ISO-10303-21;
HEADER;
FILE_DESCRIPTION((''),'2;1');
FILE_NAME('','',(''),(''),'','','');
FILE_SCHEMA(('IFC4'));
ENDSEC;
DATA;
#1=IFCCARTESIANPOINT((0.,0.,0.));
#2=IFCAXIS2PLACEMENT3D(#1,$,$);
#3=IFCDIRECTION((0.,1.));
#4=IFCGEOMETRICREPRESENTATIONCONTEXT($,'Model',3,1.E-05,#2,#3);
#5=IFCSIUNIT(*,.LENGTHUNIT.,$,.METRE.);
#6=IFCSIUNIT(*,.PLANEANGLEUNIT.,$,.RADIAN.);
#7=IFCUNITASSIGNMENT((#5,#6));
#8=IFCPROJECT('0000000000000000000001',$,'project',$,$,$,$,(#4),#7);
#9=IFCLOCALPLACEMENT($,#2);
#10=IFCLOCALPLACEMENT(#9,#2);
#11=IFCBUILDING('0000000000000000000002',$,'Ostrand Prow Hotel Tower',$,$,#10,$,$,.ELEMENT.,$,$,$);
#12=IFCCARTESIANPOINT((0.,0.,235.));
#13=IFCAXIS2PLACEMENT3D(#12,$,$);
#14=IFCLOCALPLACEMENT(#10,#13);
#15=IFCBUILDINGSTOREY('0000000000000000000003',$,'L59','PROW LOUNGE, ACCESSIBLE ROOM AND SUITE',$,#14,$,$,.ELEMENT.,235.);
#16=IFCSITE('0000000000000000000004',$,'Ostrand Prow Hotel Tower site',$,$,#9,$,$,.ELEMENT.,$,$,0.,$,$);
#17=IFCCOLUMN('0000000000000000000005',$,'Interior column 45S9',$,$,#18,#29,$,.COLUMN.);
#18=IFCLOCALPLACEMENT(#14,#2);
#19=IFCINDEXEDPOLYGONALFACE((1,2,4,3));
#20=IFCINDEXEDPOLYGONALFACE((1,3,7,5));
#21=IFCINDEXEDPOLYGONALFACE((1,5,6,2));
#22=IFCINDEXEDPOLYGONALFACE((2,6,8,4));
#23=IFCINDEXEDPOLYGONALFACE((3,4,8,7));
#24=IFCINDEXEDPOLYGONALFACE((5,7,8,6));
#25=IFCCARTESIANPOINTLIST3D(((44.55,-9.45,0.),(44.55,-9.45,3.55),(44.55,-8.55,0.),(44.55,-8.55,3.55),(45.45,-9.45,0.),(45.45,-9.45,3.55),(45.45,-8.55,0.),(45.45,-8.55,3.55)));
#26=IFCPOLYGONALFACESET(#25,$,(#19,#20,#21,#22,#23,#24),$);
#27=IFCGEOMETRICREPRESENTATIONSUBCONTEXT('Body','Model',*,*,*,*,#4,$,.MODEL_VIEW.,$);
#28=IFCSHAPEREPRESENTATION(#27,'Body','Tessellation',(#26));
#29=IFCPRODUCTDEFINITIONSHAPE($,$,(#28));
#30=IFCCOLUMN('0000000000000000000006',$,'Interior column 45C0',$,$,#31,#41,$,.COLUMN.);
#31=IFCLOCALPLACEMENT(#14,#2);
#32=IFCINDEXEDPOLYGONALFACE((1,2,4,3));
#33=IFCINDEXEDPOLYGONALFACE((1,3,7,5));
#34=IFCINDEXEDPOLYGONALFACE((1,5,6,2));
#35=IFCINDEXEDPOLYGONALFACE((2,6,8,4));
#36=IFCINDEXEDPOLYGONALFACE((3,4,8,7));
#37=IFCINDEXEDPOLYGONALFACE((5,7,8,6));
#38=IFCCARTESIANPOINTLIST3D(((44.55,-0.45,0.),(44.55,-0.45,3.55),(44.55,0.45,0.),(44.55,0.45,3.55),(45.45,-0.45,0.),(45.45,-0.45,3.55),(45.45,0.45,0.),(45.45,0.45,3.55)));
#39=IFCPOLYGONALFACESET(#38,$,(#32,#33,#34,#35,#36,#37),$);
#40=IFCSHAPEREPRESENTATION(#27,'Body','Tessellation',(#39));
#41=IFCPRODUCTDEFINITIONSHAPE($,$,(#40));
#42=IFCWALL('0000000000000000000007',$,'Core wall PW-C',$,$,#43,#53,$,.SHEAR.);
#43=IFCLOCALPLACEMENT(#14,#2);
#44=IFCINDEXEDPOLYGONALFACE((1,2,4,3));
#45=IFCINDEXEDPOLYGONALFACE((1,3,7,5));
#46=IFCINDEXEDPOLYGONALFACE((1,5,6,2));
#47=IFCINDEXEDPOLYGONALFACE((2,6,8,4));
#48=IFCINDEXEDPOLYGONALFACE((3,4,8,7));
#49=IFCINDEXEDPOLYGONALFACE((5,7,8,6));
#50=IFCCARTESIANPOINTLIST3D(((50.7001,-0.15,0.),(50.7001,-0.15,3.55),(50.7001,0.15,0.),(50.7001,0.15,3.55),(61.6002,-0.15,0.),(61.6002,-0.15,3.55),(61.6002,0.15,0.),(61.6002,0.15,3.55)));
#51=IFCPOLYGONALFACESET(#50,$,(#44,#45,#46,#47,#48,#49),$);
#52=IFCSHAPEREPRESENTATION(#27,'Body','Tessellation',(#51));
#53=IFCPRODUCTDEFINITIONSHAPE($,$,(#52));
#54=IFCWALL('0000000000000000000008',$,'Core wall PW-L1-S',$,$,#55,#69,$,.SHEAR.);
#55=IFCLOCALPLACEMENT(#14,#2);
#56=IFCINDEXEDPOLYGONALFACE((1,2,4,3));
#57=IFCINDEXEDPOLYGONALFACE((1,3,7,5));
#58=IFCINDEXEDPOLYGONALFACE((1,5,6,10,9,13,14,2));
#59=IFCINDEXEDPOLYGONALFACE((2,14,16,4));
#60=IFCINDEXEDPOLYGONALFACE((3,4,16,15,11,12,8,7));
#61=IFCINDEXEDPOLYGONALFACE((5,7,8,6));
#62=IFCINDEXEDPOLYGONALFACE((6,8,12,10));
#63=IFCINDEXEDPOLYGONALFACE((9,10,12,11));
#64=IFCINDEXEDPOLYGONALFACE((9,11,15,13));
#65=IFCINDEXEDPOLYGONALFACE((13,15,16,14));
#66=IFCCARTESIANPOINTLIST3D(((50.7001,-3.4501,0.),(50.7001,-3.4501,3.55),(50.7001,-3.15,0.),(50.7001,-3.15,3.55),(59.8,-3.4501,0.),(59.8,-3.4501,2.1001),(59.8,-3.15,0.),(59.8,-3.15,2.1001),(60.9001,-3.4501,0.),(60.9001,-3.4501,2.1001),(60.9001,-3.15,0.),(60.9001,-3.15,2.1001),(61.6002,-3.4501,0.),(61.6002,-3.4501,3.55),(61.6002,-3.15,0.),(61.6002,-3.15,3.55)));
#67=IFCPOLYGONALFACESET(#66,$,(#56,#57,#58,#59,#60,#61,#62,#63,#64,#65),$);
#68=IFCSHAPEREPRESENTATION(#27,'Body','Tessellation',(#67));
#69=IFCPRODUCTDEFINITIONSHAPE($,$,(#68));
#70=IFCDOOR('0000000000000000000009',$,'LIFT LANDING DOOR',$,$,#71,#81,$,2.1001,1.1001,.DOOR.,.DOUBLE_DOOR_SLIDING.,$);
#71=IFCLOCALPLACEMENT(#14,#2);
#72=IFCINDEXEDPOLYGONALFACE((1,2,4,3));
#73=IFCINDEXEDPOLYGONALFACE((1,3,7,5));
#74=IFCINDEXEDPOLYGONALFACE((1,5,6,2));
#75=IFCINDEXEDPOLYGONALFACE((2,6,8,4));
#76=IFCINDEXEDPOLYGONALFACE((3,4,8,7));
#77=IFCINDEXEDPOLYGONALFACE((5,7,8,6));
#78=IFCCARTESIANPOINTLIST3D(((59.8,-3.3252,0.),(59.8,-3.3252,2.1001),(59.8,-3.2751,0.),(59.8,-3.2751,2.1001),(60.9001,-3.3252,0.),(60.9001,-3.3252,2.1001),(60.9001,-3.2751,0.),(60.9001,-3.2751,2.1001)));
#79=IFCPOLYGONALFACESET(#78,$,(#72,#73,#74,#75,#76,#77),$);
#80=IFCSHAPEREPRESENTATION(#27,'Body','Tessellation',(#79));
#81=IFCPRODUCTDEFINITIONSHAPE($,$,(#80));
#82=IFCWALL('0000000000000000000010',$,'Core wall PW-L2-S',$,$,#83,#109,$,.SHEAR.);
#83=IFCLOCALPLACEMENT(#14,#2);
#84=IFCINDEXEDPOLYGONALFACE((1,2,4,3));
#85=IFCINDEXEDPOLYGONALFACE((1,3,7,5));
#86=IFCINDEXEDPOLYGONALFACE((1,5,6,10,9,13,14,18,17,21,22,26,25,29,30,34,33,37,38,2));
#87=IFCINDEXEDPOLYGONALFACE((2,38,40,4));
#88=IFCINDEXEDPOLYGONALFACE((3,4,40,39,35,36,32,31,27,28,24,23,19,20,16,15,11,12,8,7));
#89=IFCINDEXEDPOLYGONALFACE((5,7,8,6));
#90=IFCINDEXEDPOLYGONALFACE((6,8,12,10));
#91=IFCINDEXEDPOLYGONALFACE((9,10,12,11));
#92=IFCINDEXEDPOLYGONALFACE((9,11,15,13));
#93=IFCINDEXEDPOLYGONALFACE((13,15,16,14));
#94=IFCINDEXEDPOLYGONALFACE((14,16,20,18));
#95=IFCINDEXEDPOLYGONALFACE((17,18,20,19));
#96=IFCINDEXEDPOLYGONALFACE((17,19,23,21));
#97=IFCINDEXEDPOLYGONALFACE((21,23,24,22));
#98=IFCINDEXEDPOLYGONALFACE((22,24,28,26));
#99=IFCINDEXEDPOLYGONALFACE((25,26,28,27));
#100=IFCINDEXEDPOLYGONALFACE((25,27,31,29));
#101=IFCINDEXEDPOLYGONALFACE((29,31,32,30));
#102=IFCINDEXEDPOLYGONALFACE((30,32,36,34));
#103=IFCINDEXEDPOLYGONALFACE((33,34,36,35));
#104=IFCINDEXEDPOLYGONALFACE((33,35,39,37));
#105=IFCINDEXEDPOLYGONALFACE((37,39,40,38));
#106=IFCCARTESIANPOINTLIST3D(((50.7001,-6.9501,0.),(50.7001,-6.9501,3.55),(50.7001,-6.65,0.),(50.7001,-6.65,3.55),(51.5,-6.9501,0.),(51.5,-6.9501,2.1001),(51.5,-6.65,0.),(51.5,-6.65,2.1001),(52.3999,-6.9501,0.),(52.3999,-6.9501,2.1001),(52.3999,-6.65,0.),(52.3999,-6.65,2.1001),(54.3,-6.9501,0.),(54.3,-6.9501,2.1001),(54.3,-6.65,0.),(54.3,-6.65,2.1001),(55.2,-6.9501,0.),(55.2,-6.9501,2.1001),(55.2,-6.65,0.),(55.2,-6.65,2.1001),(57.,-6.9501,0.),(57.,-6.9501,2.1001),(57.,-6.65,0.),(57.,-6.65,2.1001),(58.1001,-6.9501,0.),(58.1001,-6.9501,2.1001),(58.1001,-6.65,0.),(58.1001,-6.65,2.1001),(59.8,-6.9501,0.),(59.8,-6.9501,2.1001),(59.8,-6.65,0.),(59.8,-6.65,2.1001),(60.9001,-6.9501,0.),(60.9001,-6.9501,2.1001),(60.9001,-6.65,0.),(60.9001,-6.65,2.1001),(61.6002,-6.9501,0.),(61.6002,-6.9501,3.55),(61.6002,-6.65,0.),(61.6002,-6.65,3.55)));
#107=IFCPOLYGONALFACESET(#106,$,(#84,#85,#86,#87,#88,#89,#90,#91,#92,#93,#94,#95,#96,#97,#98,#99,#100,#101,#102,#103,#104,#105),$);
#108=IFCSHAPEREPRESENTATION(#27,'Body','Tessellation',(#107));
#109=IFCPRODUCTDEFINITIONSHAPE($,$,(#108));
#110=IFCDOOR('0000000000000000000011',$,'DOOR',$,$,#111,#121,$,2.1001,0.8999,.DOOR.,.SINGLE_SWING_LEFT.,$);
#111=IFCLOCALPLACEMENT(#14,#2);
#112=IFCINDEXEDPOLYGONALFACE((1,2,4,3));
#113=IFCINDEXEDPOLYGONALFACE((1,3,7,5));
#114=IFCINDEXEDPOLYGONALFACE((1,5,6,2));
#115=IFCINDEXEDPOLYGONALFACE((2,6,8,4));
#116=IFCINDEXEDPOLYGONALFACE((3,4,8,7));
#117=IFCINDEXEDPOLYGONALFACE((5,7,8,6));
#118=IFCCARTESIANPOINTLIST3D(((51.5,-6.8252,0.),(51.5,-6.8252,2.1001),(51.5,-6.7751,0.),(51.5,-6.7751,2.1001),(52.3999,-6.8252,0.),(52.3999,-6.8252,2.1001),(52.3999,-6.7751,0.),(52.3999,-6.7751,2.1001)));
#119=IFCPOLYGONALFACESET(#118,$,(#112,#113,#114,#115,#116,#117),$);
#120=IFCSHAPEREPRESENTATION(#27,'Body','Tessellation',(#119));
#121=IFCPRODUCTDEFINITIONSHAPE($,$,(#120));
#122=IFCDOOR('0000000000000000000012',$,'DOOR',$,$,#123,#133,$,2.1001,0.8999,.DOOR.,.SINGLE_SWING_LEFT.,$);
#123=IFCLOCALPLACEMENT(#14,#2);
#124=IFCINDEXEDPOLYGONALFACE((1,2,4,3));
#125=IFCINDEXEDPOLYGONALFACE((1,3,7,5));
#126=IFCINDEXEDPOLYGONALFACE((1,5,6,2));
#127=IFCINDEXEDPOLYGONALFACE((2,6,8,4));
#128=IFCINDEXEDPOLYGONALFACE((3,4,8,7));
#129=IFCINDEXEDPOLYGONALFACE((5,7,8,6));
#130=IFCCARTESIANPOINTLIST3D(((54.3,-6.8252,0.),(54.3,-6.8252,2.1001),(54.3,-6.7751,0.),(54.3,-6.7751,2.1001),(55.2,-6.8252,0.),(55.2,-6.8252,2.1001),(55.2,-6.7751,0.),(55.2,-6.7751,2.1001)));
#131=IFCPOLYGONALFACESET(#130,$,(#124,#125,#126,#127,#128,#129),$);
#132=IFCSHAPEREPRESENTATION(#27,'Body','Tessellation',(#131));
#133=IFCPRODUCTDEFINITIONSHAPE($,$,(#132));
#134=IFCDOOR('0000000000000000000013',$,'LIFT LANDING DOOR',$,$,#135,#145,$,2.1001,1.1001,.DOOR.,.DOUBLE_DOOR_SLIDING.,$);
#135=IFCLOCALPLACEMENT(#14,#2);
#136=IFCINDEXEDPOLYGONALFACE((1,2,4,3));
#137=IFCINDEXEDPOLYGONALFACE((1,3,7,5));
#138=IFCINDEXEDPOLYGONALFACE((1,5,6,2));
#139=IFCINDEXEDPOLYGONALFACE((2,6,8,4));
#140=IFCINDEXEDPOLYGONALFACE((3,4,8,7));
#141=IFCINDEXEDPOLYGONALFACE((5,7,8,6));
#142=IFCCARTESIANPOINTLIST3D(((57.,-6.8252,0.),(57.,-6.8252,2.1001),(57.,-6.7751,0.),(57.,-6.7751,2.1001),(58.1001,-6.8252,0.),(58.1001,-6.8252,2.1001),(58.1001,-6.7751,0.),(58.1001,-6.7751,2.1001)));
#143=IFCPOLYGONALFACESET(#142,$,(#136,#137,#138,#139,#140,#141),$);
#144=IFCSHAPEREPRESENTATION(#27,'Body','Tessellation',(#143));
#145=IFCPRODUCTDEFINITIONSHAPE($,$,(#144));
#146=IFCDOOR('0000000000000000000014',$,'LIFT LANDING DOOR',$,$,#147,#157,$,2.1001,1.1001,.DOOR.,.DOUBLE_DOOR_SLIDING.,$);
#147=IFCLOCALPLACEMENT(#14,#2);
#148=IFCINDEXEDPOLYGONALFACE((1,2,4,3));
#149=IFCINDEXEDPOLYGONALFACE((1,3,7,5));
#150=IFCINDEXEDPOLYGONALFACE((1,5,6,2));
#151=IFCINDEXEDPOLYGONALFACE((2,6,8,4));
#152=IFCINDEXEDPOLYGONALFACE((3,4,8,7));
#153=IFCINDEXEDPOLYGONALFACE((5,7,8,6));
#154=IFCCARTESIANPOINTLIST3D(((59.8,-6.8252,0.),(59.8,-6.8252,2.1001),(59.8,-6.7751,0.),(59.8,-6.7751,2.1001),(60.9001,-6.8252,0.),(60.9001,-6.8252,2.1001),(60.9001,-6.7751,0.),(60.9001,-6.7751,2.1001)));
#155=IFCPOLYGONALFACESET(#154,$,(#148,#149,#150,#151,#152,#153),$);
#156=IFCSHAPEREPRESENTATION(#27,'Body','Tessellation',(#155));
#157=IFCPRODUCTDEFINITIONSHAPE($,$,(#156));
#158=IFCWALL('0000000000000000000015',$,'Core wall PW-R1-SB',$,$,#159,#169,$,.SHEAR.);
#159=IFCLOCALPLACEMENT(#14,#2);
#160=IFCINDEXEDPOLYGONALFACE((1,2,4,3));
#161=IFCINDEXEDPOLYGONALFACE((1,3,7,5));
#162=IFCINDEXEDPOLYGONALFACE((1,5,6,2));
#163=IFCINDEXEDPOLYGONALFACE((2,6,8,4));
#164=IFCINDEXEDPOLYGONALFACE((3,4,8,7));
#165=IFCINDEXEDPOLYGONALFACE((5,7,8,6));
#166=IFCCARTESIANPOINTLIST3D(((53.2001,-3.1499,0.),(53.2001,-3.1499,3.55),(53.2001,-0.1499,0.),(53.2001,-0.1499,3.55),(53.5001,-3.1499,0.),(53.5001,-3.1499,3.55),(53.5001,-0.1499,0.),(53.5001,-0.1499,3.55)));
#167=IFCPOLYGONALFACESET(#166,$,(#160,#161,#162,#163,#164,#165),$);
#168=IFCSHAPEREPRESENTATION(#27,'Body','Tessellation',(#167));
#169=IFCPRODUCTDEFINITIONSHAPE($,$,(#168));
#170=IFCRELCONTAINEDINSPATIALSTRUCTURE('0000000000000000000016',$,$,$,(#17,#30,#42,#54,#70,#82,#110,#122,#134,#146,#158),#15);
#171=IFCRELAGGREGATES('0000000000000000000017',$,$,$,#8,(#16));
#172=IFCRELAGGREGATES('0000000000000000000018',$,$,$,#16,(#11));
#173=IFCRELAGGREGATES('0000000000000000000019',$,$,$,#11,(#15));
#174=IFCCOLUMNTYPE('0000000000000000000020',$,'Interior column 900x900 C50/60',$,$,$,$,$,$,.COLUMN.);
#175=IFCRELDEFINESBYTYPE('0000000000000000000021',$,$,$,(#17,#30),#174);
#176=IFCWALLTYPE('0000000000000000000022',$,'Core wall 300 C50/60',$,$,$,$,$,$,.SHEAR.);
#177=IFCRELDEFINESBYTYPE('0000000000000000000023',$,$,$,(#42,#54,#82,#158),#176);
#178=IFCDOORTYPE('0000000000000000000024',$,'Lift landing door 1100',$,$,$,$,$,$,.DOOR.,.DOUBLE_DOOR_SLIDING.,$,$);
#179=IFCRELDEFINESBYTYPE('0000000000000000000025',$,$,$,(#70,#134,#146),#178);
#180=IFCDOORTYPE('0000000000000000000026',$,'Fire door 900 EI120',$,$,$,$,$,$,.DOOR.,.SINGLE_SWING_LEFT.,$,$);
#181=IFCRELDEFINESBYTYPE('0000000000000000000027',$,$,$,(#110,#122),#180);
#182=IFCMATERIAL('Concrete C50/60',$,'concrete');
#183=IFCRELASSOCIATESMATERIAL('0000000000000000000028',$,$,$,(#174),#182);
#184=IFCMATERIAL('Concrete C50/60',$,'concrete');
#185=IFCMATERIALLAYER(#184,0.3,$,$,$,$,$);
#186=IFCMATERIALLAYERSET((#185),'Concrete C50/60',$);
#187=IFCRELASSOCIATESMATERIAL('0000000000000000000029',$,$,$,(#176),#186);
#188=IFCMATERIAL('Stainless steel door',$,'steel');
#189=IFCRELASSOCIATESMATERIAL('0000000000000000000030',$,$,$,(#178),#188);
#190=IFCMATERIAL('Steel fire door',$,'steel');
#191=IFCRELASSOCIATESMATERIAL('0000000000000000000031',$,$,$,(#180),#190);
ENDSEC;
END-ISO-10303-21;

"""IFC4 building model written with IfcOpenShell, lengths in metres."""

from ifc_helpers import new_model, si_unit, direction, frame, frame_2d, origin, origin_2d, place, context, subcontext, project, spatial, rectangle, extrude, material, layer, layer_set, material_profile, profile_set, type_object, element, fill, save


model = new_model("IFC4")

# Units and contexts
model_context = context("Model", 3, precision=1e-05, world=origin(), true_north=direction((0.0, 1.0)))
body_context = subcontext(model_context, "Body", "Model", "MODEL_VIEW")
ifc_project = project(units=[si_unit("LENGTHUNIT", "METRE"), si_unit("PLANEANGLEUNIT", "RADIAN")], contexts=[model_context])

# Site, building, storey
site_placement = place(None, origin())
site = spatial("IfcSite", under=ifc_project, at=site_placement, Name="Ostrand Prow Hotel Tower site", CompositionType="ELEMENT", RefElevation=0.0)
building_placement = place(site_placement, origin())
building = spatial("IfcBuilding", under=site, at=building_placement, Name="Ostrand Prow Hotel Tower", CompositionType="ELEMENT")
storey_placement = place(building_placement, frame((0.0, 0.0, 235.0)))
storey = spatial("IfcBuildingStorey", under=building, at=storey_placement, Name="L59", Description="PROW LOUNGE, ACCESSIBLE ROOM AND SUITE", CompositionType="ELEMENT", Elevation=235.0)

# Columns
ifc_material_1 = material(Name="Concrete C50/60", Category="concrete")
ifc_material_profile = material_profile(ifc_material_1, rectangle(XDim=0.8999, YDim=0.8999, at=origin_2d()), Name="RC 900x900")
ifc_profile_set = profile_set([ifc_material_profile], Name="Concrete C50/60")
column_type = type_object("IfcColumnType", Name="Interior column 900x900 C50/60", PredefinedType="COLUMN", material=ifc_profile_set)
for number, where, z_axis, x_axis, name in (
    (1, (45.0, -9.0, 0.0), (0.0, 0.0, 1.0), (1.0, 0.0, 0.0), "Interior column 45S9"),
    (2, (45.0, 0.0, 0.0), (0.0, 0.0, 1.0), (1.0, 0.0, 0.0), "Interior column 45C0"),
):
    element("IfcColumn", number, at=place(storey_placement, frame(where, z_axis=z_axis, x_axis=x_axis)), inside=storey, type_object=column_type, Name=name, PredefinedType="COLUMN", context=body_context, shape_type="SweptSolid", body=[
        extrude(rectangle(XDim=0.8999, YDim=0.8999, at=origin_2d()), origin(), (0.0, 0.0, 1.0), 3.55),
    ])

# Wall
ifc_material_2 = material(Name="Concrete C50/60", Category="concrete")
ifc_layer_1 = layer(ifc_material_2, 0.3)
ifc_layer_set_1 = layer_set([ifc_layer_1], Name="Concrete C50/60")
wall_type_1 = type_object("IfcWallType", Name="Core wall 300 C50/60", PredefinedType="SHEAR", material=ifc_layer_set_1)
wall_1_placement = place(storey_placement, frame((50.7, 0.0, 0.0), z_axis=(0.0, 0.0, 1.0), x_axis=(1.0, 0.0, 0.0)))
element("IfcWall", 3, at=wall_1_placement, inside=storey, type_object=wall_type_1, Name="Core wall PW-C", PredefinedType="SHEAR", context=body_context, shape_type="SweptSolid", body=[
    extrude(rectangle(XDim=10.9001, YDim=0.3, at=frame_2d((5.4502, 0.0))), origin(), (0.0, 0.0, 1.0), 3.55),
])

# Wall, opening, door
wall_2_placement = place(storey_placement, frame((50.7, -3.3, 0.0), z_axis=(0.0, 0.0, 1.0), x_axis=(1.0, 0.0, 0.0)))
wall_2 = element("IfcWall", 4, at=wall_2_placement, inside=storey, type_object=wall_type_1, Name="Core wall PW-L1-S", PredefinedType="SHEAR", context=body_context, shape_type="SweptSolid", body=[
    extrude(rectangle(XDim=10.9001, YDim=0.3, at=frame_2d((5.4502, 0.0))), origin(), (0.0, 0.0, 1.0), 3.55),
])
opening_1_placement = place(wall_2_placement, frame((9.1001, 0.0, 0.0)))
opening_1 = element("IfcOpeningElement", 5, at=opening_1_placement, cuts=wall_2, PredefinedType="OPENING", context=body_context, shape_type="SweptSolid", body=[
    extrude(rectangle(XDim=1.1001, YDim=2.1001, at=frame_2d((0.55, 1.05))), frame((0.0, 0.1599, 0.0), z_axis=(0.0, -1.0, 0.0), x_axis=(1.0, 0.0, 0.0)), (0.0, 0.0, 1.0), 0.3201),
])
ifc_material_3 = material(Name="Stainless steel door", Category="steel")
door_type_1 = type_object("IfcDoorType", Name="Lift landing door 1100", OperationType="DOUBLE_DOOR_SLIDING", PredefinedType="DOOR", material=ifc_material_3)
door_1_placement = place(opening_1_placement, origin())
door_1 = element("IfcDoor", 6, at=door_1_placement, inside=storey, type_object=door_type_1, Name="LIFT LANDING DOOR", OperationType="DOUBLE_DOOR_SLIDING", OverallHeight=2.1001, OverallWidth=1.1001, PredefinedType="DOOR", context=body_context, shape_type="SweptSolid", body=[
    extrude(rectangle(XDim=1.1001, YDim=2.1001, at=frame_2d((0.55, 1.05))), frame((0.0, 0.0249, 0.0), z_axis=(0.0, -1.0, 0.0), x_axis=(1.0, 0.0, 0.0)), (0.0, 0.0, 1.0), 0.05),
])
fill(opening_1, door_1)

# Wall, openings, doors
wall_3_placement = place(storey_placement, frame((50.7, -6.8, 0.0), z_axis=(0.0, 0.0, 1.0), x_axis=(1.0, 0.0, 0.0)))
wall_3 = element("IfcWall", 7, at=wall_3_placement, inside=storey, type_object=wall_type_1, Name="Core wall PW-L2-S", PredefinedType="SHEAR", context=body_context, shape_type="SweptSolid", body=[
    extrude(rectangle(XDim=10.9001, YDim=0.3, at=frame_2d((5.4502, 0.0))), origin(), (0.0, 0.0, 1.0), 3.55),
])
opening_2_placement = place(wall_3_placement, frame((6.3, 0.0, 0.0)))
opening_2 = element("IfcOpeningElement", 8, at=opening_2_placement, cuts=wall_3, PredefinedType="OPENING", context=body_context, shape_type="SweptSolid", body=[
    extrude(rectangle(XDim=1.1001, YDim=2.1001, at=frame_2d((0.55, 1.05))), frame((0.0, 0.1599, 0.0), z_axis=(0.0, -1.0, 0.0), x_axis=(1.0, 0.0, 0.0)), (0.0, 0.0, 1.0), 0.3201),
])
opening_3_placement = place(wall_3_placement, frame((9.1001, 0.0, 0.0)))
opening_3 = element("IfcOpeningElement", 9, at=opening_3_placement, cuts=wall_3, PredefinedType="OPENING", context=body_context, shape_type="SweptSolid", body=[
    extrude(rectangle(XDim=1.1001, YDim=2.1001, at=frame_2d((0.55, 1.05))), frame((0.0, 0.1599, 0.0), z_axis=(0.0, -1.0, 0.0), x_axis=(1.0, 0.0, 0.0)), (0.0, 0.0, 1.0), 0.3201),
])
opening_4_placement = place(wall_3_placement, frame((0.8, 0.0, 0.0)))
opening_4 = element("IfcOpeningElement", 10, at=opening_4_placement, cuts=wall_3, PredefinedType="OPENING", context=body_context, shape_type="SweptSolid", body=[
    extrude(rectangle(XDim=0.8999, YDim=2.1001, at=frame_2d((0.45, 1.05))), frame((0.0, 0.1599, 0.0), z_axis=(0.0, -1.0, 0.0), x_axis=(1.0, 0.0, 0.0)), (0.0, 0.0, 1.0), 0.3201),
])
opening_5_placement = place(wall_3_placement, frame((3.6001, 0.0, 0.0)))
opening_5 = element("IfcOpeningElement", 11, at=opening_5_placement, cuts=wall_3, PredefinedType="OPENING", context=body_context, shape_type="SweptSolid", body=[
    extrude(rectangle(XDim=0.8999, YDim=2.1001, at=frame_2d((0.45, 1.05))), frame((0.0, 0.1599, 0.0), z_axis=(0.0, -1.0, 0.0), x_axis=(1.0, 0.0, 0.0)), (0.0, 0.0, 1.0), 0.3201),
])
ifc_material_4 = material(Name="Steel fire door", Category="steel")
door_type_2 = type_object("IfcDoorType", Name="Fire door 900 EI120", OperationType="SINGLE_SWING_LEFT", PredefinedType="DOOR", material=ifc_material_4)
door_2_placement = place(opening_4_placement, origin())
door_2 = element("IfcDoor", 12, at=door_2_placement, inside=storey, type_object=door_type_2, Name="DOOR", OperationType="SINGLE_SWING_LEFT", OverallHeight=2.1001, OverallWidth=0.8999, PredefinedType="DOOR", context=body_context, shape_type="SweptSolid", body=[
    extrude(rectangle(XDim=0.8999, YDim=2.1001, at=frame_2d((0.45, 1.05))), frame((0.0, 0.0249, 0.0), z_axis=(0.0, -1.0, 0.0), x_axis=(1.0, 0.0, 0.0)), (0.0, 0.0, 1.0), 0.05),
])
fill(opening_4, door_2)
door_3_placement = place(opening_5_placement, origin())
door_3 = element("IfcDoor", 13, at=door_3_placement, inside=storey, type_object=door_type_2, Name="DOOR", OperationType="SINGLE_SWING_LEFT", OverallHeight=2.1001, OverallWidth=0.8999, PredefinedType="DOOR", context=body_context, shape_type="SweptSolid", body=[
    extrude(rectangle(XDim=0.8999, YDim=2.1001, at=frame_2d((0.45, 1.05))), frame((0.0, 0.0249, 0.0), z_axis=(0.0, -1.0, 0.0), x_axis=(1.0, 0.0, 0.0)), (0.0, 0.0, 1.0), 0.05),
])
fill(opening_5, door_3)
door_4_placement = place(opening_2_placement, origin())
door_4 = element("IfcDoor", 14, at=door_4_placement, inside=storey, type_object=door_type_1, Name="LIFT LANDING DOOR", OperationType="DOUBLE_DOOR_SLIDING", OverallHeight=2.1001, OverallWidth=1.1001, PredefinedType="DOOR", context=body_context, shape_type="SweptSolid", body=[
    extrude(rectangle(XDim=1.1001, YDim=2.1001, at=frame_2d((0.55, 1.05))), frame((0.0, 0.0249, 0.0), z_axis=(0.0, -1.0, 0.0), x_axis=(1.0, 0.0, 0.0)), (0.0, 0.0, 1.0), 0.05),
])
fill(opening_2, door_4)
door_5_placement = place(opening_3_placement, origin())
door_5 = element("IfcDoor", 15, at=door_5_placement, inside=storey, type_object=door_type_1, Name="LIFT LANDING DOOR", OperationType="DOUBLE_DOOR_SLIDING", OverallHeight=2.1001, OverallWidth=1.1001, PredefinedType="DOOR", context=body_context, shape_type="SweptSolid", body=[
    extrude(rectangle(XDim=1.1001, YDim=2.1001, at=frame_2d((0.55, 1.05))), frame((0.0, 0.0249, 0.0), z_axis=(0.0, -1.0, 0.0), x_axis=(1.0, 0.0, 0.0)), (0.0, 0.0, 1.0), 0.05),
])
fill(opening_3, door_5)

# Wall
for number, where, z_axis, x_axis, name in (
    (16, (53.3501, -3.1499, 0.0), (0.0, 0.0, 1.0), (0.0, 1.0, 0.0), "Core wall PW-R1-SB"),
):
    element("IfcWall", number, at=place(storey_placement, frame(where, z_axis=z_axis, x_axis=x_axis)), inside=storey, type_object=wall_type_1, Name=name, PredefinedType="SHEAR", context=body_context, shape_type="SweptSolid", body=[
        extrude(rectangle(XDim=3.0, YDim=0.3, at=frame_2d((1.5, 0.0))), origin(), (0.0, 0.0, 1.0), 3.55),
    ])

save(model, "model.ifc")
